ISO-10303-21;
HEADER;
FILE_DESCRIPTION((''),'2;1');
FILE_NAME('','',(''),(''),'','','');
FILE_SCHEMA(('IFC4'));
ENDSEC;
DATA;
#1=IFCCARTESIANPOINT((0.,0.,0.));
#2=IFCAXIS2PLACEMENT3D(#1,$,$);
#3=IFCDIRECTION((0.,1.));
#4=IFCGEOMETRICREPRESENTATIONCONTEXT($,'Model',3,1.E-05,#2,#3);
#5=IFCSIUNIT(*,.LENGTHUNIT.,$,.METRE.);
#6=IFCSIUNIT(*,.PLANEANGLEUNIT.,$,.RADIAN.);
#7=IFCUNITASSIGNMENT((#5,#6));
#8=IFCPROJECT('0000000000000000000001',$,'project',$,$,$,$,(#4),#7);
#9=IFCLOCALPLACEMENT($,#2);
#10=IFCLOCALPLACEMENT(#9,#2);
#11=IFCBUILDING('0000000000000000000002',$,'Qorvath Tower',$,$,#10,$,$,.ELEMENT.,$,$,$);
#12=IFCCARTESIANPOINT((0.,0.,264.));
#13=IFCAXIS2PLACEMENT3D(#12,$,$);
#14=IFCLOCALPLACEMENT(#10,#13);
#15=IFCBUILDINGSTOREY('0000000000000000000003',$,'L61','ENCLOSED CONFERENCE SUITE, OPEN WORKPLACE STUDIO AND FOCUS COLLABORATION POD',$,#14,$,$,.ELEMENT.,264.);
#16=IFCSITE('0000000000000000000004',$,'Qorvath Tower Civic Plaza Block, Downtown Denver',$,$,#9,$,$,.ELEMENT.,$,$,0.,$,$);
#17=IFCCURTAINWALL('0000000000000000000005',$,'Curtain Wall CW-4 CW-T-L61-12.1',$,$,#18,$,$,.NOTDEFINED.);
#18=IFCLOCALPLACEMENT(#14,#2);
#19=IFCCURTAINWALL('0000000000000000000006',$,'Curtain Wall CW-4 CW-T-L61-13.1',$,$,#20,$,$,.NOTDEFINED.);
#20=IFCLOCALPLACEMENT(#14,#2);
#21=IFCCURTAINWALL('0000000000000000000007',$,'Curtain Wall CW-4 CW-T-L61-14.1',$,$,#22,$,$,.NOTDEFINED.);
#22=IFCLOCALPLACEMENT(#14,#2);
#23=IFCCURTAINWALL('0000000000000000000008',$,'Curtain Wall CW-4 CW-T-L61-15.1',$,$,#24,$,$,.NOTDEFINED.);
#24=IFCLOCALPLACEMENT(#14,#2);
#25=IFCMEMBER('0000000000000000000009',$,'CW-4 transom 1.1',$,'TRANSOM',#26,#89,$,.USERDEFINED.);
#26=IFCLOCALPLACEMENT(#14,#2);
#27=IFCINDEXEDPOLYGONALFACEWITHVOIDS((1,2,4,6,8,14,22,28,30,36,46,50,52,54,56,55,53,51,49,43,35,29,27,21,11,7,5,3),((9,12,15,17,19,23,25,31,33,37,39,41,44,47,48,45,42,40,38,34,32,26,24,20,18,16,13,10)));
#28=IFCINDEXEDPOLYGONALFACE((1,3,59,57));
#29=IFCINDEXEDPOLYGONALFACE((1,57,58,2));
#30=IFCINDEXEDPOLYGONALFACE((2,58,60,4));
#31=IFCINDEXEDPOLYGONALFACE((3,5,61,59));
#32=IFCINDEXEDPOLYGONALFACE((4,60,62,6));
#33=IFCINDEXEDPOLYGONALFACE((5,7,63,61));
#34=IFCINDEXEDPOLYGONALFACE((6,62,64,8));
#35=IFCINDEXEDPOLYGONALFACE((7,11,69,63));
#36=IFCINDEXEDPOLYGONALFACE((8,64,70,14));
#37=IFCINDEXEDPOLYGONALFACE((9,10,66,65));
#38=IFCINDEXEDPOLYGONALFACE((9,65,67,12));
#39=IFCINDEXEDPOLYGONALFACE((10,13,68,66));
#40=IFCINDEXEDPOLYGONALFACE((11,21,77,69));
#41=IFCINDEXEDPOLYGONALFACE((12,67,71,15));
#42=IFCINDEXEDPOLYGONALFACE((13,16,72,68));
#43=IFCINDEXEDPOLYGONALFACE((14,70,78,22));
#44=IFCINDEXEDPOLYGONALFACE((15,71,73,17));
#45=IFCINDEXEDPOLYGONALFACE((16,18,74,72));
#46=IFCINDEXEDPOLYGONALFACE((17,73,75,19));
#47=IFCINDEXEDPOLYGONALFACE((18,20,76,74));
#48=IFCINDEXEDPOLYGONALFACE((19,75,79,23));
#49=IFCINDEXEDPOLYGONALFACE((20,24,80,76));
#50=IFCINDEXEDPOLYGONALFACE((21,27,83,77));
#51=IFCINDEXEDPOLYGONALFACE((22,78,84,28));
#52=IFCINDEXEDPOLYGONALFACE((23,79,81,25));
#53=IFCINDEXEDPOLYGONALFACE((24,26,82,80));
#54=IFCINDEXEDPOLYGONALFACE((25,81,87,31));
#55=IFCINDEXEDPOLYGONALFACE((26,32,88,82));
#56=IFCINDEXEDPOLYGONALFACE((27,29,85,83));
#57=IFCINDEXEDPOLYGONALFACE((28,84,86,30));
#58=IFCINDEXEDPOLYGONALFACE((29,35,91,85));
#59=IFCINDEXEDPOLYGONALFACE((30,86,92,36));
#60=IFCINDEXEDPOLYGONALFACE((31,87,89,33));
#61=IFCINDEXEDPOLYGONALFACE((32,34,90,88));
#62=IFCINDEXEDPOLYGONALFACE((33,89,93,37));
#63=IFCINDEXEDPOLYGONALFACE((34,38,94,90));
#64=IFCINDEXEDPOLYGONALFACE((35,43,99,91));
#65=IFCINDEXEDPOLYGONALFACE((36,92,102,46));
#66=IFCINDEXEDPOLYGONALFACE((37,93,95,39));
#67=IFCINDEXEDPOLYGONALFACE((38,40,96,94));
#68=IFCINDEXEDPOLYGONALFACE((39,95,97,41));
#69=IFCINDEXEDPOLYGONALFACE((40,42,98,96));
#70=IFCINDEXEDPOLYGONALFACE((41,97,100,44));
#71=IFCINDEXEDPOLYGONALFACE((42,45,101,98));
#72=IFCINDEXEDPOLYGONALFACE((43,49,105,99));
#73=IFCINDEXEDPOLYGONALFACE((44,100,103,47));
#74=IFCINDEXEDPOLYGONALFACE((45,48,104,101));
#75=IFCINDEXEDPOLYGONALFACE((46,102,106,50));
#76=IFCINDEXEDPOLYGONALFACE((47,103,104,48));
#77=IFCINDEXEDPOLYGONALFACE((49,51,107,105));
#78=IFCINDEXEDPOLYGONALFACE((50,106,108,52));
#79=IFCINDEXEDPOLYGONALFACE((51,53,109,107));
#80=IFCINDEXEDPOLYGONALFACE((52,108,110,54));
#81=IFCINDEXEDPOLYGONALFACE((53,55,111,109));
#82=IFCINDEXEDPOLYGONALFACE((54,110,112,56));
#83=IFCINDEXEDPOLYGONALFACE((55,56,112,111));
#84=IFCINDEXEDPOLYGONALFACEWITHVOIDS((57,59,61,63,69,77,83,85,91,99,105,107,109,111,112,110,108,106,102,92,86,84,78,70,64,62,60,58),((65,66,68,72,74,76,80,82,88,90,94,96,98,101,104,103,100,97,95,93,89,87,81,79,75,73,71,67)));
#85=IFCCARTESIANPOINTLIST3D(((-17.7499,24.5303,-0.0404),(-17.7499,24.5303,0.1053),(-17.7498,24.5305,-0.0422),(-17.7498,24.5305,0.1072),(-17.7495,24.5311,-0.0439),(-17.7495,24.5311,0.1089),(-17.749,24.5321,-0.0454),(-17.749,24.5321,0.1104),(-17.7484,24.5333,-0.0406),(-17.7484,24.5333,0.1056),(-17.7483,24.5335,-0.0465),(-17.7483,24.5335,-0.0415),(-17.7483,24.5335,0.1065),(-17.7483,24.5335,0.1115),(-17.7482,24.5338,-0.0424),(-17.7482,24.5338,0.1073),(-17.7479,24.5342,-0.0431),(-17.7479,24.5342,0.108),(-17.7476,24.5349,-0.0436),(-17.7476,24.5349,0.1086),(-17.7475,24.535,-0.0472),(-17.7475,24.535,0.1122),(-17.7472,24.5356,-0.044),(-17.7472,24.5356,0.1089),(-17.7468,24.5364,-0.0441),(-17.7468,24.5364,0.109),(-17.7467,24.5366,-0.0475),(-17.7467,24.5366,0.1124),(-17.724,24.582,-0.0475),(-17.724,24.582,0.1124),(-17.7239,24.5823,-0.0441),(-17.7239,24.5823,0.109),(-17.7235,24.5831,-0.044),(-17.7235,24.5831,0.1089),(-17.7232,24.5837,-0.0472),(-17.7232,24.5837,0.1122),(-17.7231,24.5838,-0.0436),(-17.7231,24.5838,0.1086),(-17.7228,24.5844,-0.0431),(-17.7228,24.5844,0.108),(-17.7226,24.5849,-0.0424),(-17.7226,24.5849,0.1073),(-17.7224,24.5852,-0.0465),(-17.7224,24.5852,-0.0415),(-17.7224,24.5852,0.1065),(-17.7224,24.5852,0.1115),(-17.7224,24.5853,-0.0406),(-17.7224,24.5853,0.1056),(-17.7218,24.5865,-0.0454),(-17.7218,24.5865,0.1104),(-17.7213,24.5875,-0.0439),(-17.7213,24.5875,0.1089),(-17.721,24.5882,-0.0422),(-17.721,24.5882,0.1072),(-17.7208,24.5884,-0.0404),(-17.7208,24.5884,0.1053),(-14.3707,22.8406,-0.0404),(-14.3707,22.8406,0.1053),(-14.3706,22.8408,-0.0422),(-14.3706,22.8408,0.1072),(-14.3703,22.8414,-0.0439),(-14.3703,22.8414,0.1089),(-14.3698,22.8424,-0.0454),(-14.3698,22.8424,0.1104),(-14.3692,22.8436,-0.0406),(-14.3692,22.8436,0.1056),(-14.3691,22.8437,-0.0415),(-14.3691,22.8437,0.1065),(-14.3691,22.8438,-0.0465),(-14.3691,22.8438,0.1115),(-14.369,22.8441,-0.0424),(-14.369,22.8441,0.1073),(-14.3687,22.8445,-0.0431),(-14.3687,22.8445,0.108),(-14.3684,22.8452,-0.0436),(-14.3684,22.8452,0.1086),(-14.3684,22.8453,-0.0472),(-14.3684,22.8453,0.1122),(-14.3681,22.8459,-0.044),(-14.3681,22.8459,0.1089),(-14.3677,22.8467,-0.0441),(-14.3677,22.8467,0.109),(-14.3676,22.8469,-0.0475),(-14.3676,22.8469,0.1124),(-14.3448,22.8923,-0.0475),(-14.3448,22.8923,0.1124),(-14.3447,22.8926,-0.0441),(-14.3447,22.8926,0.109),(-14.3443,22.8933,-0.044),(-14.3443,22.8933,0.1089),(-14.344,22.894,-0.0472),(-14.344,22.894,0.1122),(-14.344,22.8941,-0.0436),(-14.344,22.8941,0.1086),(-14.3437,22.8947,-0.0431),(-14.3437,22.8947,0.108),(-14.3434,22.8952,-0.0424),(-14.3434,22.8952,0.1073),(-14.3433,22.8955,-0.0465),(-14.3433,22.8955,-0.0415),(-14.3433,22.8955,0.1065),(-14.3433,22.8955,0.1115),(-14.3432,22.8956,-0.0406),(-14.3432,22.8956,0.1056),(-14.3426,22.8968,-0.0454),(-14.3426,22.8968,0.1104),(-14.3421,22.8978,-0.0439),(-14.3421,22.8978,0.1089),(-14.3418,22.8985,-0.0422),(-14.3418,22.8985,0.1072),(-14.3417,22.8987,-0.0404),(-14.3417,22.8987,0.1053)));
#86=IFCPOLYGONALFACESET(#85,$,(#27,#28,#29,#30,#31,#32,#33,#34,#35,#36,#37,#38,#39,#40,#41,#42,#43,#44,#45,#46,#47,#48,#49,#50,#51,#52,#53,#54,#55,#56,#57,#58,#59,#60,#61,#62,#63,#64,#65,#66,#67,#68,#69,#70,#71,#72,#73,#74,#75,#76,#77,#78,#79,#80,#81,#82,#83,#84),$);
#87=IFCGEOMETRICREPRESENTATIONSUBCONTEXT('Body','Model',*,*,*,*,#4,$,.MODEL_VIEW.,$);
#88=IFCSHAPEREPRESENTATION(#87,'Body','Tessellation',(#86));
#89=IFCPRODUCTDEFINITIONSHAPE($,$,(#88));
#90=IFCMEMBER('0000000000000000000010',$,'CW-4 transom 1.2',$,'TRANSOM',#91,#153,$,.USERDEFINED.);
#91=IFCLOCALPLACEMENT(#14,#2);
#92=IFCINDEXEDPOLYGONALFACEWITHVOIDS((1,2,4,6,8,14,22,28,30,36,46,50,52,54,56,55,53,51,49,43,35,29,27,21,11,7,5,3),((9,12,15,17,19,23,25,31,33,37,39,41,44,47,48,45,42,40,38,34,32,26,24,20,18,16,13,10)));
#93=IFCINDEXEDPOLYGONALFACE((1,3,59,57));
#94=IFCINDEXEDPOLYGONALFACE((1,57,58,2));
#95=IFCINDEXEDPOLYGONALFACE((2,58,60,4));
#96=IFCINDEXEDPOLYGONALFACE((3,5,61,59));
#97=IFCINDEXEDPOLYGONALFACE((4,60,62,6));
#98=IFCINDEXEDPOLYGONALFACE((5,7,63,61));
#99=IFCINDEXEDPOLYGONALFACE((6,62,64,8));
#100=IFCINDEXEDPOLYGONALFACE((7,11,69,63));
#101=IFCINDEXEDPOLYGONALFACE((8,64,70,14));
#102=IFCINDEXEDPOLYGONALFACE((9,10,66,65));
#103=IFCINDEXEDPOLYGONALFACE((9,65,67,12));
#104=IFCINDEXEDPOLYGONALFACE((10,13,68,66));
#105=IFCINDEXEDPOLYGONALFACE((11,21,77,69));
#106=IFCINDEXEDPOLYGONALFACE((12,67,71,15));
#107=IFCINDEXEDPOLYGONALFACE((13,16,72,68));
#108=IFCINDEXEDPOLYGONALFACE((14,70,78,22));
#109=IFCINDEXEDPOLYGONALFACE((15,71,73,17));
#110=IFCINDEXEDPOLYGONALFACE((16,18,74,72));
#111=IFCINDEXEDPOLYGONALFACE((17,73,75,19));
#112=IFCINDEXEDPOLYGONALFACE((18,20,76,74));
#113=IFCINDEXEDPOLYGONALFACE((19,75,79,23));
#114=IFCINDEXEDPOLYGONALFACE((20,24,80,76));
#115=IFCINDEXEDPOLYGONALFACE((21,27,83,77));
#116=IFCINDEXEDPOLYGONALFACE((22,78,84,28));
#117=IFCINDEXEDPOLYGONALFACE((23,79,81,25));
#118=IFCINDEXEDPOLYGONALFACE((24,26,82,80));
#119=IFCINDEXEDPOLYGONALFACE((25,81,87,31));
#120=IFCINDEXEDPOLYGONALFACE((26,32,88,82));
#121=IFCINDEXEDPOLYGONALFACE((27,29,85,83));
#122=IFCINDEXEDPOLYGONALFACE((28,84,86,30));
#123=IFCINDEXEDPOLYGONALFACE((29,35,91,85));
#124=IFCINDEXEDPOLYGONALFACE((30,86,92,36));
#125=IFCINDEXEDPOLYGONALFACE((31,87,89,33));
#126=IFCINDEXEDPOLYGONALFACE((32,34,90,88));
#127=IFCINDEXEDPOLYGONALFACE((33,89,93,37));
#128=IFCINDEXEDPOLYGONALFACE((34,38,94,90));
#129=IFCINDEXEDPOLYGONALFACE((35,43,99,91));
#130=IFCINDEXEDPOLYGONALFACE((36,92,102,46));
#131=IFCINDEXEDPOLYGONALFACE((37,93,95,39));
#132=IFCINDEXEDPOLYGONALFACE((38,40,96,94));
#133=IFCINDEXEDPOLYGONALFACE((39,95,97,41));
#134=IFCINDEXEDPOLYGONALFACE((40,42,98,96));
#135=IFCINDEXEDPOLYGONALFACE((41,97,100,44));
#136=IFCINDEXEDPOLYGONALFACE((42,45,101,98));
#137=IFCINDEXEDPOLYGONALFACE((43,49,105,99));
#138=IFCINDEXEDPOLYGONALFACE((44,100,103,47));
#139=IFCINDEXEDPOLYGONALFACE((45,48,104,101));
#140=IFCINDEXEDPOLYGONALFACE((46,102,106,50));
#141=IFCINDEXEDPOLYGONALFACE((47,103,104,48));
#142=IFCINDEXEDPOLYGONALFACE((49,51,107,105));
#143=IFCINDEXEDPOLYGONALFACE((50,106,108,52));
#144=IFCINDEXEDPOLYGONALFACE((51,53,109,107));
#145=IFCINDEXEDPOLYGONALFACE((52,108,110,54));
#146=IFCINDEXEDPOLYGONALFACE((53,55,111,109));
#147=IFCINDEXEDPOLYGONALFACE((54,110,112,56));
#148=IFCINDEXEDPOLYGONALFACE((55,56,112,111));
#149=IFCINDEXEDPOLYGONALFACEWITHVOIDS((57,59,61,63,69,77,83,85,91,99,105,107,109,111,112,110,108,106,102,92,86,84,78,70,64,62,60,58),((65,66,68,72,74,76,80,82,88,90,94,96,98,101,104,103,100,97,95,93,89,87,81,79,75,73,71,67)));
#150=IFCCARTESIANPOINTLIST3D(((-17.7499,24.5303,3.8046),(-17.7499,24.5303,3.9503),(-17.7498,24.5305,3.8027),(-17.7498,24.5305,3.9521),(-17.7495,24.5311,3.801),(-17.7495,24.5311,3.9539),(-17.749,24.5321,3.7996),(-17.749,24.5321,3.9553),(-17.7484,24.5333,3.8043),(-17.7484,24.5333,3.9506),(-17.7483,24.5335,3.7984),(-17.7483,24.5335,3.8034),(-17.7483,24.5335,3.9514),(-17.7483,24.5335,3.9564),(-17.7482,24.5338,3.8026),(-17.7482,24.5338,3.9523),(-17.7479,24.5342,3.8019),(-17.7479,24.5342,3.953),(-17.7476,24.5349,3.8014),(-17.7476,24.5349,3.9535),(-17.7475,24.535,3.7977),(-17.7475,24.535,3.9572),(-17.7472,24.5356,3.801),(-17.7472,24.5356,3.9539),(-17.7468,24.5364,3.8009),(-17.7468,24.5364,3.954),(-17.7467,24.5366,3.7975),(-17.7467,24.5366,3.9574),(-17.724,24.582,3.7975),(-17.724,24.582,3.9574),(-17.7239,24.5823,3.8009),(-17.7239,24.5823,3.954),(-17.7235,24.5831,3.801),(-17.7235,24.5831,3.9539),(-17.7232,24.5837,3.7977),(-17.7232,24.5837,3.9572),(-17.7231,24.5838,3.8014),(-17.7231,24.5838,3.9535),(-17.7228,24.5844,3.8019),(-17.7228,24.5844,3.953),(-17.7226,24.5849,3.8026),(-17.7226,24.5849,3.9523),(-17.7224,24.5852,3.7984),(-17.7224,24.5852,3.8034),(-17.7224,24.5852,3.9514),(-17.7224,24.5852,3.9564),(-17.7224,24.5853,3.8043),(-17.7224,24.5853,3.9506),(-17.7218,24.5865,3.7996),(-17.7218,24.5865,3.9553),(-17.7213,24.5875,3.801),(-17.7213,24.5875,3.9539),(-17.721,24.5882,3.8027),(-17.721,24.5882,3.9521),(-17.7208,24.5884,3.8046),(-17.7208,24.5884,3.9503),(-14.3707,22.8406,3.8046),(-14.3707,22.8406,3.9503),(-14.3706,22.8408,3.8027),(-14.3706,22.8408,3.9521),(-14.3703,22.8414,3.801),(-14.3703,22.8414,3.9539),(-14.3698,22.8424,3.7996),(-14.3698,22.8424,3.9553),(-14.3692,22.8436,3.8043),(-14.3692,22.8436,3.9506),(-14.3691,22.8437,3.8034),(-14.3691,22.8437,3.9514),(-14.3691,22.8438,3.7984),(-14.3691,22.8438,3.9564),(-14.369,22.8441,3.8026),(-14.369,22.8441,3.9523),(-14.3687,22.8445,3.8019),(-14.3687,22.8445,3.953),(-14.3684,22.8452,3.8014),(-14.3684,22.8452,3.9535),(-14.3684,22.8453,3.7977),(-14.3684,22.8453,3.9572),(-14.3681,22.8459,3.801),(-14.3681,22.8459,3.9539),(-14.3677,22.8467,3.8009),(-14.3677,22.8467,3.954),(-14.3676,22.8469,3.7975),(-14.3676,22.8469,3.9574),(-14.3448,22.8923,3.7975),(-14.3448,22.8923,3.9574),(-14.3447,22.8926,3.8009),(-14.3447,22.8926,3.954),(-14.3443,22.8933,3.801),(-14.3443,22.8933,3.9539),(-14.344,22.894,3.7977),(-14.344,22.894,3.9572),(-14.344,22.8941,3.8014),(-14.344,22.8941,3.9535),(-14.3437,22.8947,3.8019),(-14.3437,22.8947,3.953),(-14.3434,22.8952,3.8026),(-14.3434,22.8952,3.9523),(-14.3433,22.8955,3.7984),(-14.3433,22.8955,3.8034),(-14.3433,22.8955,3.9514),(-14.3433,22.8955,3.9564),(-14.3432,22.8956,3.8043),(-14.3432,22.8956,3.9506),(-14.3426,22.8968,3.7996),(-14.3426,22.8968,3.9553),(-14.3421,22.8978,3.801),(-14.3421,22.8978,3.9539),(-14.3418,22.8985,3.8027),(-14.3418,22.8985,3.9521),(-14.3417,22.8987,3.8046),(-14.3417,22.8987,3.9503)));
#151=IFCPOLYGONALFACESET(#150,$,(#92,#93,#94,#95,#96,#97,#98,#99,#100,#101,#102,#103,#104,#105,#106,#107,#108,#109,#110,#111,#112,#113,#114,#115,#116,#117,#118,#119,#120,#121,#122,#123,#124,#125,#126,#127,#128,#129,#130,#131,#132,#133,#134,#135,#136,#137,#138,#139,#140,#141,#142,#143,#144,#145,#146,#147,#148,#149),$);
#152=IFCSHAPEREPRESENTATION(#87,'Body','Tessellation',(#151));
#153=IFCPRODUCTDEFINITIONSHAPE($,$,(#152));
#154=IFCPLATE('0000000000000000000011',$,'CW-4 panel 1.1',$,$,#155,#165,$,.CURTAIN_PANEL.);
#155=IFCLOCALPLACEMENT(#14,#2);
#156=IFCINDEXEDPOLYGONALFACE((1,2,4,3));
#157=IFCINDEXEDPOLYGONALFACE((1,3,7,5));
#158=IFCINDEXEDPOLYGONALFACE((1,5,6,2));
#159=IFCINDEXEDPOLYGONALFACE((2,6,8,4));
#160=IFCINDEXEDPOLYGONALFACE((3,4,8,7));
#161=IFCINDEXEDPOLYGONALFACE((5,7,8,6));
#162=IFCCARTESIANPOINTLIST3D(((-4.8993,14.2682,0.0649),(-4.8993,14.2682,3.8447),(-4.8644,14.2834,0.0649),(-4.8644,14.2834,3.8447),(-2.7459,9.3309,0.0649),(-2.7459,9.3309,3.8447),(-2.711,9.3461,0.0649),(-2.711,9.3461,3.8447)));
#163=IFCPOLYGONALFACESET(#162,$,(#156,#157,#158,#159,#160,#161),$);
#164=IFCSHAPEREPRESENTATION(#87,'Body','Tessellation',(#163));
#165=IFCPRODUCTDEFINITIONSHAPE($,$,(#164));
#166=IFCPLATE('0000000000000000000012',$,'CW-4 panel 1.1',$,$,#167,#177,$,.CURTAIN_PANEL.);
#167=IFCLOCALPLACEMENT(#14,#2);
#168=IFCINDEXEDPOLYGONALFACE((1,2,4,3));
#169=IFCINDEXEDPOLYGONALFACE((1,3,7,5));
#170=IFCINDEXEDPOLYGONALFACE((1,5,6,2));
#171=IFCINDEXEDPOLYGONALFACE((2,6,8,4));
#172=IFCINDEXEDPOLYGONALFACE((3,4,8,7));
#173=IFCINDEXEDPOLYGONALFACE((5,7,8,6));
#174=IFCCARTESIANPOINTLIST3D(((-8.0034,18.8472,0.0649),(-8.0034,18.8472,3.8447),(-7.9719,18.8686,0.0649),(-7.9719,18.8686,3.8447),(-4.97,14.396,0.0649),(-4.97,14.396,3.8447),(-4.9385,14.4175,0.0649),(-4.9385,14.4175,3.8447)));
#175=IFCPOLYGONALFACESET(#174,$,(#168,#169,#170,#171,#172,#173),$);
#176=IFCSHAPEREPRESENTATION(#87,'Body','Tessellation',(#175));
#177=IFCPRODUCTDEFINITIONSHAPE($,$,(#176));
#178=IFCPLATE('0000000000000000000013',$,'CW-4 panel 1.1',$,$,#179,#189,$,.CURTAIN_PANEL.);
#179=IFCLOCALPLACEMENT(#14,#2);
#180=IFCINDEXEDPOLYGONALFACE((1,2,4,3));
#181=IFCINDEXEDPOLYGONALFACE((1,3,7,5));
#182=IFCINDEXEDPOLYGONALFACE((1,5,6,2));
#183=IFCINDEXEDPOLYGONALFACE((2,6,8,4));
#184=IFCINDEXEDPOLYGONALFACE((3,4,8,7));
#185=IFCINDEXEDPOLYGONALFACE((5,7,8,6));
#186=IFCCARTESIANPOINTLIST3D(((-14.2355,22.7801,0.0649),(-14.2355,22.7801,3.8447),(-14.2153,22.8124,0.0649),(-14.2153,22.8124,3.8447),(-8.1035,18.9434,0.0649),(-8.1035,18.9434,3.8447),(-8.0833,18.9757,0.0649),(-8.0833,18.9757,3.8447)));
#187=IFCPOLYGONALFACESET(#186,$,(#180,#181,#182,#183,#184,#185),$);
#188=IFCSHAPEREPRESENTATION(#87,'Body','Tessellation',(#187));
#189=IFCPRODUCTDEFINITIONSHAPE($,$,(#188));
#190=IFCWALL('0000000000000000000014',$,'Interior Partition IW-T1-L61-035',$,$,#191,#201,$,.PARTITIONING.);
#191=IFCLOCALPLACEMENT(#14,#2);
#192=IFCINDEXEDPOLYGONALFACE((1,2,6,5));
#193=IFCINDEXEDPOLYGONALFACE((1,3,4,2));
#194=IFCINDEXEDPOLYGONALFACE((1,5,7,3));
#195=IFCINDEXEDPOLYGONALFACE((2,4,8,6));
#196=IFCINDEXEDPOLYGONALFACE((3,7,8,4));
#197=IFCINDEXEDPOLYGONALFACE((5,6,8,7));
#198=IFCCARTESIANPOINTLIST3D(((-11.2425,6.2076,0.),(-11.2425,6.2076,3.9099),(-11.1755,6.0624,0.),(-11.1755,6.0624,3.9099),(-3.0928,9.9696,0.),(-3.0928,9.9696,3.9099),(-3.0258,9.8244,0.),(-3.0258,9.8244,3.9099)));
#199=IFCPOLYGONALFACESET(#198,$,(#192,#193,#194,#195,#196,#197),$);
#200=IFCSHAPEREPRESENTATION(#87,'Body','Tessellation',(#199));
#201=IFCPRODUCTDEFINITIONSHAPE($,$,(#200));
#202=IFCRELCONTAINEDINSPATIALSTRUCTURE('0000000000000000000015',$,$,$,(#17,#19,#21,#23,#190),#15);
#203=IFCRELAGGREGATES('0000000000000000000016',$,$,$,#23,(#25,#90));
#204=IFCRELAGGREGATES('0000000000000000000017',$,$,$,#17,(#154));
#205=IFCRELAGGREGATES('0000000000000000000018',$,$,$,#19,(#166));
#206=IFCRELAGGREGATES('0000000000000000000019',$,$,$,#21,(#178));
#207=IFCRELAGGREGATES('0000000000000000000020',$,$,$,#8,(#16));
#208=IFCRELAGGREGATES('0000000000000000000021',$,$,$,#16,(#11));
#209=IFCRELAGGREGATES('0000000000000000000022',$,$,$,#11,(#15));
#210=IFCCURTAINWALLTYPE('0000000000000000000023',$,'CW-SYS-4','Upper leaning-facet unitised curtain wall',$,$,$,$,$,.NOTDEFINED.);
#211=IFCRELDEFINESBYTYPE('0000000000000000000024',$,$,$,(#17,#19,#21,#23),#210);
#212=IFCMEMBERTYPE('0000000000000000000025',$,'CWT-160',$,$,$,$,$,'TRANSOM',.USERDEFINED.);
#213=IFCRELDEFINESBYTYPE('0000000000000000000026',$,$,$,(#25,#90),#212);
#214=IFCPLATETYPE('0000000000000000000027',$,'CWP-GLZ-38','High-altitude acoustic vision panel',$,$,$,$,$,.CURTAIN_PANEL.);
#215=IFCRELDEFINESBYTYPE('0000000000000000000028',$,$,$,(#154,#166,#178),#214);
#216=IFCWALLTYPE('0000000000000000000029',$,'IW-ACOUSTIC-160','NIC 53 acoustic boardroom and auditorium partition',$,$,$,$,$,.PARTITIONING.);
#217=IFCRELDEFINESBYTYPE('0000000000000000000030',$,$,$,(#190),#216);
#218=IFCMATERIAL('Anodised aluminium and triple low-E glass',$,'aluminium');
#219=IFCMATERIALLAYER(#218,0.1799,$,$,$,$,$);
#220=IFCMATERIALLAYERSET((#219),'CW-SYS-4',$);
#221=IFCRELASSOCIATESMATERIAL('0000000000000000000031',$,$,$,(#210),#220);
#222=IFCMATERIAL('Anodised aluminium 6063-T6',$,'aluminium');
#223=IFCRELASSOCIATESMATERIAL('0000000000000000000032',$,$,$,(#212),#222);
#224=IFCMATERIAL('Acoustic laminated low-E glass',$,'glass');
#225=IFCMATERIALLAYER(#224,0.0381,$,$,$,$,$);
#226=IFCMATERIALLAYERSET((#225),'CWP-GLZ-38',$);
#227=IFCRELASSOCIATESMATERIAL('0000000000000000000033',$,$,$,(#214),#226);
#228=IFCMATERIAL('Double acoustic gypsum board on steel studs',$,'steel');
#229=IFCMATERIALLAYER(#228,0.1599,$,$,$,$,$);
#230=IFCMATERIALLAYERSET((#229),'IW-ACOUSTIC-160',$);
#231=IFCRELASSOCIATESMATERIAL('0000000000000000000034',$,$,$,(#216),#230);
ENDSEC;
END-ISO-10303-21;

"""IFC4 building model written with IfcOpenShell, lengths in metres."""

from ifc_helpers import new_model, si_unit, direction, frame, frame_2d, origin, origin_2d, place, context, subcontext, project, spatial, rectangle, hollow_rectangle, extrude, material, layer, layer_set, material_profile, profile_set, type_object, element, aggregate, save


model = new_model("IFC4")

# Units and contexts
model_context = context("Model", 3, precision=1e-05, world=origin(), true_north=direction((0.0, 1.0)))
body_context = subcontext(model_context, "Body", "Model", "MODEL_VIEW")
ifc_project = project(units=[si_unit("LENGTHUNIT", "METRE"), si_unit("PLANEANGLEUNIT", "RADIAN")], contexts=[model_context])

# Site, building, storey
site_placement = place(None, origin())
site = spatial("IfcSite", under=ifc_project, at=site_placement, Name="Qorvath Tower Civic Plaza Block, Downtown Denver", CompositionType="ELEMENT", RefElevation=0.0)
building_placement = place(site_placement, origin())
building = spatial("IfcBuilding", under=site, at=building_placement, Name="Qorvath Tower", CompositionType="ELEMENT")
storey_placement = place(building_placement, frame((0.0, 0.0, 264.0)))
storey = spatial("IfcBuildingStorey", under=building, at=storey_placement, Name="L61", Description="ENCLOSED CONFERENCE SUITE, OPEN WORKPLACE STUDIO AND FOCUS COLLABORATION POD", CompositionType="ELEMENT", Elevation=264.0)

# Shared definitions
ifc_material_1 = material(Name="Anodised aluminium and triple low-E glass", Category="aluminium")
ifc_layer_1 = layer(ifc_material_1, 0.1799)
ifc_layer_set_1 = layer_set([ifc_layer_1], Name="CW-SYS-4")
curtain_wall_type = type_object("IfcCurtainWallType", Name="CW-SYS-4", Description="Upper leaning-facet unitised curtain wall", PredefinedType="NOTDEFINED", material=ifc_layer_set_1)

# Curtain walls
curtain_wall_1_placement = place(storey_placement, origin())
curtain_wall_1 = element("IfcCurtainWall", 1, at=curtain_wall_1_placement, inside=storey, type_object=curtain_wall_type, Name="Curtain Wall CW-4 CW-T-L61-12.1", PredefinedType="NOTDEFINED")
curtain_wall_2_placement = place(storey_placement, origin())
curtain_wall_2 = element("IfcCurtainWall", 2, at=curtain_wall_2_placement, inside=storey, type_object=curtain_wall_type, Name="Curtain Wall CW-4 CW-T-L61-13.1", PredefinedType="NOTDEFINED")
curtain_wall_3_placement = place(storey_placement, origin())
curtain_wall_3 = element("IfcCurtainWall", 3, at=curtain_wall_3_placement, inside=storey, type_object=curtain_wall_type, Name="Curtain Wall CW-4 CW-T-L61-14.1", PredefinedType="NOTDEFINED")

# Curtain wall
curtain_wall_4_placement = place(storey_placement, origin())
curtain_wall_4 = element("IfcCurtainWall", 4, at=curtain_wall_4_placement, inside=storey, type_object=curtain_wall_type, Name="Curtain Wall CW-4 CW-T-L61-15.1", PredefinedType="NOTDEFINED")

# Members
ifc_material_2 = material(Name="Anodised aluminium 6063-T6", Category="aluminium")
ifc_material_profile_1 = material_profile(ifc_material_2, hollow_rectangle(XDim=0.0649, YDim=0.1599, WallThickness=0.0034, InnerFilletRadius=0.0034, OuterFilletRadius=0.0071, at=origin_2d()), Name="CWT 160x65")
ifc_profile_set_1 = profile_set([ifc_material_profile_1], Name="Anodised aluminium 6063-T6")
member_type_1 = type_object("IfcMemberType", Name="CWT-160", ElementType="TRANSOM", PredefinedType="USERDEFINED", material=ifc_profile_set_1)
member_1_placement = place(storey_placement, frame((-14.3562, 22.8696, 0.0325), z_axis=(-0.894414, 0.447239, 0.0), x_axis=(-0.447239, -0.894414, 0.0)))
member_1 = element("IfcMember", 5, at=member_1_placement, type_object=member_type_1, Name="CW-4 transom 1.1", ObjectType="TRANSOM", PredefinedType="USERDEFINED", context=body_context, shape_type="SweptSolid", body=[
    extrude(hollow_rectangle(XDim=0.0649, YDim=0.1599, WallThickness=0.0034, InnerFilletRadius=0.0034, OuterFilletRadius=0.0071, at=origin_2d()), origin(), (0.0, 0.0, 1.0), 3.7781),
])
member_2_placement = place(storey_placement, frame((-14.3562, 22.8696, 3.8774), z_axis=(-0.894414, 0.447239, 0.0), x_axis=(-0.447239, -0.894414, 0.0)))
member_2 = element("IfcMember", 6, at=member_2_placement, type_object=member_type_1, Name="CW-4 transom 1.2", ObjectType="TRANSOM", PredefinedType="USERDEFINED", context=body_context, shape_type="SweptSolid", body=[
    extrude(hollow_rectangle(XDim=0.0649, YDim=0.1599, WallThickness=0.0034, InnerFilletRadius=0.0034, OuterFilletRadius=0.0071, at=origin_2d()), origin(), (0.0, 0.0, 1.0), 3.7781),
])
aggregate(curtain_wall_4, [member_1, member_2])

# Plates
ifc_material_3 = material(Name="Acoustic laminated low-E glass", Category="glass")
ifc_layer_2 = layer(ifc_material_3, 0.0381)
ifc_layer_set_2 = layer_set([ifc_layer_2], Name="CWP-GLZ-38")
plate_type = type_object("IfcPlateType", Name="CWP-GLZ-38", Description="High-altitude acoustic vision panel", PredefinedType="CURTAIN_PANEL", material=ifc_layer_set_2)
plate_1_placement = place(storey_placement, frame((-3.8052, 11.8071, 0.0649), z_axis=(0.0, 0.0, 1.0), x_axis=(-0.399777, 0.916612, 0.0)))
plate_1 = element("IfcPlate", 7, at=plate_1_placement, type_object=plate_type, Name="CW-4 panel 1.1", PredefinedType="CURTAIN_PANEL", context=body_context, shape_type="SweptSolid", body=[
    extrude(rectangle(XDim=5.3865, YDim=0.0381, at=origin_2d()), origin(), (0.0, 0.0, 1.0), 3.7798),
])
aggregate(curtain_wall_1, [plate_1])
plate_2_placement = place(storey_placement, frame((-6.4709, 16.6323, 0.0649), z_axis=(0.0, 0.0, 1.0), x_axis=(-0.563145, 0.826358, 0.0)))
plate_2 = element("IfcPlate", 8, at=plate_2_placement, type_object=plate_type, Name="CW-4 panel 1.1", PredefinedType="CURTAIN_PANEL", context=body_context, shape_type="SweptSolid", body=[
    extrude(rectangle(XDim=5.3865, YDim=0.0381, at=origin_2d()), origin(), (0.0, 0.0, 1.0), 3.7798),
])
aggregate(curtain_wall_2, [plate_2])
plate_3_placement = place(storey_placement, frame((-11.1594, 20.8779, 0.0649), z_axis=(0.0, 0.0, 1.0), x_axis=(-0.84774, 0.530412, 0.0)))
plate_3 = element("IfcPlate", 9, at=plate_3_placement, type_object=plate_type, Name="CW-4 panel 1.1", PredefinedType="CURTAIN_PANEL", context=body_context, shape_type="SweptSolid", body=[
    extrude(rectangle(XDim=7.2334, YDim=0.0381, at=origin_2d()), origin(), (0.0, 0.0, 1.0), 3.7798),
])
aggregate(curtain_wall_3, [plate_3])

# Wall
ifc_material_4 = material(Name="Double acoustic gypsum board on steel studs", Category="steel")
ifc_layer_3 = layer(ifc_material_4, 0.1599)
ifc_layer_set_3 = layer_set([ifc_layer_3], Name="IW-ACOUSTIC-160")
wall_type = type_object("IfcWallType", Name="IW-ACOUSTIC-160", Description="NIC 53 acoustic boardroom and auditorium partition", PredefinedType="PARTITIONING", material=ifc_layer_set_3)
wall_placement = place(storey_placement, frame((-3.0593, 9.897, 0.0), z_axis=(0.0, 0.0, 1.0), x_axis=(-0.907935, -0.419112, 0.0)))
element("IfcWall", 10, at=wall_placement, inside=storey, type_object=wall_type, Name="Interior Partition IW-T1-L61-035", PredefinedType="PARTITIONING", context=body_context, shape_type="SweptSolid", body=[
    extrude(rectangle(XDim=8.9761, YDim=0.1599, at=frame_2d((4.488, 0.0))), origin(), (0.0, 0.0, 1.0), 3.9099),
])

save(model, "model.ifc")
